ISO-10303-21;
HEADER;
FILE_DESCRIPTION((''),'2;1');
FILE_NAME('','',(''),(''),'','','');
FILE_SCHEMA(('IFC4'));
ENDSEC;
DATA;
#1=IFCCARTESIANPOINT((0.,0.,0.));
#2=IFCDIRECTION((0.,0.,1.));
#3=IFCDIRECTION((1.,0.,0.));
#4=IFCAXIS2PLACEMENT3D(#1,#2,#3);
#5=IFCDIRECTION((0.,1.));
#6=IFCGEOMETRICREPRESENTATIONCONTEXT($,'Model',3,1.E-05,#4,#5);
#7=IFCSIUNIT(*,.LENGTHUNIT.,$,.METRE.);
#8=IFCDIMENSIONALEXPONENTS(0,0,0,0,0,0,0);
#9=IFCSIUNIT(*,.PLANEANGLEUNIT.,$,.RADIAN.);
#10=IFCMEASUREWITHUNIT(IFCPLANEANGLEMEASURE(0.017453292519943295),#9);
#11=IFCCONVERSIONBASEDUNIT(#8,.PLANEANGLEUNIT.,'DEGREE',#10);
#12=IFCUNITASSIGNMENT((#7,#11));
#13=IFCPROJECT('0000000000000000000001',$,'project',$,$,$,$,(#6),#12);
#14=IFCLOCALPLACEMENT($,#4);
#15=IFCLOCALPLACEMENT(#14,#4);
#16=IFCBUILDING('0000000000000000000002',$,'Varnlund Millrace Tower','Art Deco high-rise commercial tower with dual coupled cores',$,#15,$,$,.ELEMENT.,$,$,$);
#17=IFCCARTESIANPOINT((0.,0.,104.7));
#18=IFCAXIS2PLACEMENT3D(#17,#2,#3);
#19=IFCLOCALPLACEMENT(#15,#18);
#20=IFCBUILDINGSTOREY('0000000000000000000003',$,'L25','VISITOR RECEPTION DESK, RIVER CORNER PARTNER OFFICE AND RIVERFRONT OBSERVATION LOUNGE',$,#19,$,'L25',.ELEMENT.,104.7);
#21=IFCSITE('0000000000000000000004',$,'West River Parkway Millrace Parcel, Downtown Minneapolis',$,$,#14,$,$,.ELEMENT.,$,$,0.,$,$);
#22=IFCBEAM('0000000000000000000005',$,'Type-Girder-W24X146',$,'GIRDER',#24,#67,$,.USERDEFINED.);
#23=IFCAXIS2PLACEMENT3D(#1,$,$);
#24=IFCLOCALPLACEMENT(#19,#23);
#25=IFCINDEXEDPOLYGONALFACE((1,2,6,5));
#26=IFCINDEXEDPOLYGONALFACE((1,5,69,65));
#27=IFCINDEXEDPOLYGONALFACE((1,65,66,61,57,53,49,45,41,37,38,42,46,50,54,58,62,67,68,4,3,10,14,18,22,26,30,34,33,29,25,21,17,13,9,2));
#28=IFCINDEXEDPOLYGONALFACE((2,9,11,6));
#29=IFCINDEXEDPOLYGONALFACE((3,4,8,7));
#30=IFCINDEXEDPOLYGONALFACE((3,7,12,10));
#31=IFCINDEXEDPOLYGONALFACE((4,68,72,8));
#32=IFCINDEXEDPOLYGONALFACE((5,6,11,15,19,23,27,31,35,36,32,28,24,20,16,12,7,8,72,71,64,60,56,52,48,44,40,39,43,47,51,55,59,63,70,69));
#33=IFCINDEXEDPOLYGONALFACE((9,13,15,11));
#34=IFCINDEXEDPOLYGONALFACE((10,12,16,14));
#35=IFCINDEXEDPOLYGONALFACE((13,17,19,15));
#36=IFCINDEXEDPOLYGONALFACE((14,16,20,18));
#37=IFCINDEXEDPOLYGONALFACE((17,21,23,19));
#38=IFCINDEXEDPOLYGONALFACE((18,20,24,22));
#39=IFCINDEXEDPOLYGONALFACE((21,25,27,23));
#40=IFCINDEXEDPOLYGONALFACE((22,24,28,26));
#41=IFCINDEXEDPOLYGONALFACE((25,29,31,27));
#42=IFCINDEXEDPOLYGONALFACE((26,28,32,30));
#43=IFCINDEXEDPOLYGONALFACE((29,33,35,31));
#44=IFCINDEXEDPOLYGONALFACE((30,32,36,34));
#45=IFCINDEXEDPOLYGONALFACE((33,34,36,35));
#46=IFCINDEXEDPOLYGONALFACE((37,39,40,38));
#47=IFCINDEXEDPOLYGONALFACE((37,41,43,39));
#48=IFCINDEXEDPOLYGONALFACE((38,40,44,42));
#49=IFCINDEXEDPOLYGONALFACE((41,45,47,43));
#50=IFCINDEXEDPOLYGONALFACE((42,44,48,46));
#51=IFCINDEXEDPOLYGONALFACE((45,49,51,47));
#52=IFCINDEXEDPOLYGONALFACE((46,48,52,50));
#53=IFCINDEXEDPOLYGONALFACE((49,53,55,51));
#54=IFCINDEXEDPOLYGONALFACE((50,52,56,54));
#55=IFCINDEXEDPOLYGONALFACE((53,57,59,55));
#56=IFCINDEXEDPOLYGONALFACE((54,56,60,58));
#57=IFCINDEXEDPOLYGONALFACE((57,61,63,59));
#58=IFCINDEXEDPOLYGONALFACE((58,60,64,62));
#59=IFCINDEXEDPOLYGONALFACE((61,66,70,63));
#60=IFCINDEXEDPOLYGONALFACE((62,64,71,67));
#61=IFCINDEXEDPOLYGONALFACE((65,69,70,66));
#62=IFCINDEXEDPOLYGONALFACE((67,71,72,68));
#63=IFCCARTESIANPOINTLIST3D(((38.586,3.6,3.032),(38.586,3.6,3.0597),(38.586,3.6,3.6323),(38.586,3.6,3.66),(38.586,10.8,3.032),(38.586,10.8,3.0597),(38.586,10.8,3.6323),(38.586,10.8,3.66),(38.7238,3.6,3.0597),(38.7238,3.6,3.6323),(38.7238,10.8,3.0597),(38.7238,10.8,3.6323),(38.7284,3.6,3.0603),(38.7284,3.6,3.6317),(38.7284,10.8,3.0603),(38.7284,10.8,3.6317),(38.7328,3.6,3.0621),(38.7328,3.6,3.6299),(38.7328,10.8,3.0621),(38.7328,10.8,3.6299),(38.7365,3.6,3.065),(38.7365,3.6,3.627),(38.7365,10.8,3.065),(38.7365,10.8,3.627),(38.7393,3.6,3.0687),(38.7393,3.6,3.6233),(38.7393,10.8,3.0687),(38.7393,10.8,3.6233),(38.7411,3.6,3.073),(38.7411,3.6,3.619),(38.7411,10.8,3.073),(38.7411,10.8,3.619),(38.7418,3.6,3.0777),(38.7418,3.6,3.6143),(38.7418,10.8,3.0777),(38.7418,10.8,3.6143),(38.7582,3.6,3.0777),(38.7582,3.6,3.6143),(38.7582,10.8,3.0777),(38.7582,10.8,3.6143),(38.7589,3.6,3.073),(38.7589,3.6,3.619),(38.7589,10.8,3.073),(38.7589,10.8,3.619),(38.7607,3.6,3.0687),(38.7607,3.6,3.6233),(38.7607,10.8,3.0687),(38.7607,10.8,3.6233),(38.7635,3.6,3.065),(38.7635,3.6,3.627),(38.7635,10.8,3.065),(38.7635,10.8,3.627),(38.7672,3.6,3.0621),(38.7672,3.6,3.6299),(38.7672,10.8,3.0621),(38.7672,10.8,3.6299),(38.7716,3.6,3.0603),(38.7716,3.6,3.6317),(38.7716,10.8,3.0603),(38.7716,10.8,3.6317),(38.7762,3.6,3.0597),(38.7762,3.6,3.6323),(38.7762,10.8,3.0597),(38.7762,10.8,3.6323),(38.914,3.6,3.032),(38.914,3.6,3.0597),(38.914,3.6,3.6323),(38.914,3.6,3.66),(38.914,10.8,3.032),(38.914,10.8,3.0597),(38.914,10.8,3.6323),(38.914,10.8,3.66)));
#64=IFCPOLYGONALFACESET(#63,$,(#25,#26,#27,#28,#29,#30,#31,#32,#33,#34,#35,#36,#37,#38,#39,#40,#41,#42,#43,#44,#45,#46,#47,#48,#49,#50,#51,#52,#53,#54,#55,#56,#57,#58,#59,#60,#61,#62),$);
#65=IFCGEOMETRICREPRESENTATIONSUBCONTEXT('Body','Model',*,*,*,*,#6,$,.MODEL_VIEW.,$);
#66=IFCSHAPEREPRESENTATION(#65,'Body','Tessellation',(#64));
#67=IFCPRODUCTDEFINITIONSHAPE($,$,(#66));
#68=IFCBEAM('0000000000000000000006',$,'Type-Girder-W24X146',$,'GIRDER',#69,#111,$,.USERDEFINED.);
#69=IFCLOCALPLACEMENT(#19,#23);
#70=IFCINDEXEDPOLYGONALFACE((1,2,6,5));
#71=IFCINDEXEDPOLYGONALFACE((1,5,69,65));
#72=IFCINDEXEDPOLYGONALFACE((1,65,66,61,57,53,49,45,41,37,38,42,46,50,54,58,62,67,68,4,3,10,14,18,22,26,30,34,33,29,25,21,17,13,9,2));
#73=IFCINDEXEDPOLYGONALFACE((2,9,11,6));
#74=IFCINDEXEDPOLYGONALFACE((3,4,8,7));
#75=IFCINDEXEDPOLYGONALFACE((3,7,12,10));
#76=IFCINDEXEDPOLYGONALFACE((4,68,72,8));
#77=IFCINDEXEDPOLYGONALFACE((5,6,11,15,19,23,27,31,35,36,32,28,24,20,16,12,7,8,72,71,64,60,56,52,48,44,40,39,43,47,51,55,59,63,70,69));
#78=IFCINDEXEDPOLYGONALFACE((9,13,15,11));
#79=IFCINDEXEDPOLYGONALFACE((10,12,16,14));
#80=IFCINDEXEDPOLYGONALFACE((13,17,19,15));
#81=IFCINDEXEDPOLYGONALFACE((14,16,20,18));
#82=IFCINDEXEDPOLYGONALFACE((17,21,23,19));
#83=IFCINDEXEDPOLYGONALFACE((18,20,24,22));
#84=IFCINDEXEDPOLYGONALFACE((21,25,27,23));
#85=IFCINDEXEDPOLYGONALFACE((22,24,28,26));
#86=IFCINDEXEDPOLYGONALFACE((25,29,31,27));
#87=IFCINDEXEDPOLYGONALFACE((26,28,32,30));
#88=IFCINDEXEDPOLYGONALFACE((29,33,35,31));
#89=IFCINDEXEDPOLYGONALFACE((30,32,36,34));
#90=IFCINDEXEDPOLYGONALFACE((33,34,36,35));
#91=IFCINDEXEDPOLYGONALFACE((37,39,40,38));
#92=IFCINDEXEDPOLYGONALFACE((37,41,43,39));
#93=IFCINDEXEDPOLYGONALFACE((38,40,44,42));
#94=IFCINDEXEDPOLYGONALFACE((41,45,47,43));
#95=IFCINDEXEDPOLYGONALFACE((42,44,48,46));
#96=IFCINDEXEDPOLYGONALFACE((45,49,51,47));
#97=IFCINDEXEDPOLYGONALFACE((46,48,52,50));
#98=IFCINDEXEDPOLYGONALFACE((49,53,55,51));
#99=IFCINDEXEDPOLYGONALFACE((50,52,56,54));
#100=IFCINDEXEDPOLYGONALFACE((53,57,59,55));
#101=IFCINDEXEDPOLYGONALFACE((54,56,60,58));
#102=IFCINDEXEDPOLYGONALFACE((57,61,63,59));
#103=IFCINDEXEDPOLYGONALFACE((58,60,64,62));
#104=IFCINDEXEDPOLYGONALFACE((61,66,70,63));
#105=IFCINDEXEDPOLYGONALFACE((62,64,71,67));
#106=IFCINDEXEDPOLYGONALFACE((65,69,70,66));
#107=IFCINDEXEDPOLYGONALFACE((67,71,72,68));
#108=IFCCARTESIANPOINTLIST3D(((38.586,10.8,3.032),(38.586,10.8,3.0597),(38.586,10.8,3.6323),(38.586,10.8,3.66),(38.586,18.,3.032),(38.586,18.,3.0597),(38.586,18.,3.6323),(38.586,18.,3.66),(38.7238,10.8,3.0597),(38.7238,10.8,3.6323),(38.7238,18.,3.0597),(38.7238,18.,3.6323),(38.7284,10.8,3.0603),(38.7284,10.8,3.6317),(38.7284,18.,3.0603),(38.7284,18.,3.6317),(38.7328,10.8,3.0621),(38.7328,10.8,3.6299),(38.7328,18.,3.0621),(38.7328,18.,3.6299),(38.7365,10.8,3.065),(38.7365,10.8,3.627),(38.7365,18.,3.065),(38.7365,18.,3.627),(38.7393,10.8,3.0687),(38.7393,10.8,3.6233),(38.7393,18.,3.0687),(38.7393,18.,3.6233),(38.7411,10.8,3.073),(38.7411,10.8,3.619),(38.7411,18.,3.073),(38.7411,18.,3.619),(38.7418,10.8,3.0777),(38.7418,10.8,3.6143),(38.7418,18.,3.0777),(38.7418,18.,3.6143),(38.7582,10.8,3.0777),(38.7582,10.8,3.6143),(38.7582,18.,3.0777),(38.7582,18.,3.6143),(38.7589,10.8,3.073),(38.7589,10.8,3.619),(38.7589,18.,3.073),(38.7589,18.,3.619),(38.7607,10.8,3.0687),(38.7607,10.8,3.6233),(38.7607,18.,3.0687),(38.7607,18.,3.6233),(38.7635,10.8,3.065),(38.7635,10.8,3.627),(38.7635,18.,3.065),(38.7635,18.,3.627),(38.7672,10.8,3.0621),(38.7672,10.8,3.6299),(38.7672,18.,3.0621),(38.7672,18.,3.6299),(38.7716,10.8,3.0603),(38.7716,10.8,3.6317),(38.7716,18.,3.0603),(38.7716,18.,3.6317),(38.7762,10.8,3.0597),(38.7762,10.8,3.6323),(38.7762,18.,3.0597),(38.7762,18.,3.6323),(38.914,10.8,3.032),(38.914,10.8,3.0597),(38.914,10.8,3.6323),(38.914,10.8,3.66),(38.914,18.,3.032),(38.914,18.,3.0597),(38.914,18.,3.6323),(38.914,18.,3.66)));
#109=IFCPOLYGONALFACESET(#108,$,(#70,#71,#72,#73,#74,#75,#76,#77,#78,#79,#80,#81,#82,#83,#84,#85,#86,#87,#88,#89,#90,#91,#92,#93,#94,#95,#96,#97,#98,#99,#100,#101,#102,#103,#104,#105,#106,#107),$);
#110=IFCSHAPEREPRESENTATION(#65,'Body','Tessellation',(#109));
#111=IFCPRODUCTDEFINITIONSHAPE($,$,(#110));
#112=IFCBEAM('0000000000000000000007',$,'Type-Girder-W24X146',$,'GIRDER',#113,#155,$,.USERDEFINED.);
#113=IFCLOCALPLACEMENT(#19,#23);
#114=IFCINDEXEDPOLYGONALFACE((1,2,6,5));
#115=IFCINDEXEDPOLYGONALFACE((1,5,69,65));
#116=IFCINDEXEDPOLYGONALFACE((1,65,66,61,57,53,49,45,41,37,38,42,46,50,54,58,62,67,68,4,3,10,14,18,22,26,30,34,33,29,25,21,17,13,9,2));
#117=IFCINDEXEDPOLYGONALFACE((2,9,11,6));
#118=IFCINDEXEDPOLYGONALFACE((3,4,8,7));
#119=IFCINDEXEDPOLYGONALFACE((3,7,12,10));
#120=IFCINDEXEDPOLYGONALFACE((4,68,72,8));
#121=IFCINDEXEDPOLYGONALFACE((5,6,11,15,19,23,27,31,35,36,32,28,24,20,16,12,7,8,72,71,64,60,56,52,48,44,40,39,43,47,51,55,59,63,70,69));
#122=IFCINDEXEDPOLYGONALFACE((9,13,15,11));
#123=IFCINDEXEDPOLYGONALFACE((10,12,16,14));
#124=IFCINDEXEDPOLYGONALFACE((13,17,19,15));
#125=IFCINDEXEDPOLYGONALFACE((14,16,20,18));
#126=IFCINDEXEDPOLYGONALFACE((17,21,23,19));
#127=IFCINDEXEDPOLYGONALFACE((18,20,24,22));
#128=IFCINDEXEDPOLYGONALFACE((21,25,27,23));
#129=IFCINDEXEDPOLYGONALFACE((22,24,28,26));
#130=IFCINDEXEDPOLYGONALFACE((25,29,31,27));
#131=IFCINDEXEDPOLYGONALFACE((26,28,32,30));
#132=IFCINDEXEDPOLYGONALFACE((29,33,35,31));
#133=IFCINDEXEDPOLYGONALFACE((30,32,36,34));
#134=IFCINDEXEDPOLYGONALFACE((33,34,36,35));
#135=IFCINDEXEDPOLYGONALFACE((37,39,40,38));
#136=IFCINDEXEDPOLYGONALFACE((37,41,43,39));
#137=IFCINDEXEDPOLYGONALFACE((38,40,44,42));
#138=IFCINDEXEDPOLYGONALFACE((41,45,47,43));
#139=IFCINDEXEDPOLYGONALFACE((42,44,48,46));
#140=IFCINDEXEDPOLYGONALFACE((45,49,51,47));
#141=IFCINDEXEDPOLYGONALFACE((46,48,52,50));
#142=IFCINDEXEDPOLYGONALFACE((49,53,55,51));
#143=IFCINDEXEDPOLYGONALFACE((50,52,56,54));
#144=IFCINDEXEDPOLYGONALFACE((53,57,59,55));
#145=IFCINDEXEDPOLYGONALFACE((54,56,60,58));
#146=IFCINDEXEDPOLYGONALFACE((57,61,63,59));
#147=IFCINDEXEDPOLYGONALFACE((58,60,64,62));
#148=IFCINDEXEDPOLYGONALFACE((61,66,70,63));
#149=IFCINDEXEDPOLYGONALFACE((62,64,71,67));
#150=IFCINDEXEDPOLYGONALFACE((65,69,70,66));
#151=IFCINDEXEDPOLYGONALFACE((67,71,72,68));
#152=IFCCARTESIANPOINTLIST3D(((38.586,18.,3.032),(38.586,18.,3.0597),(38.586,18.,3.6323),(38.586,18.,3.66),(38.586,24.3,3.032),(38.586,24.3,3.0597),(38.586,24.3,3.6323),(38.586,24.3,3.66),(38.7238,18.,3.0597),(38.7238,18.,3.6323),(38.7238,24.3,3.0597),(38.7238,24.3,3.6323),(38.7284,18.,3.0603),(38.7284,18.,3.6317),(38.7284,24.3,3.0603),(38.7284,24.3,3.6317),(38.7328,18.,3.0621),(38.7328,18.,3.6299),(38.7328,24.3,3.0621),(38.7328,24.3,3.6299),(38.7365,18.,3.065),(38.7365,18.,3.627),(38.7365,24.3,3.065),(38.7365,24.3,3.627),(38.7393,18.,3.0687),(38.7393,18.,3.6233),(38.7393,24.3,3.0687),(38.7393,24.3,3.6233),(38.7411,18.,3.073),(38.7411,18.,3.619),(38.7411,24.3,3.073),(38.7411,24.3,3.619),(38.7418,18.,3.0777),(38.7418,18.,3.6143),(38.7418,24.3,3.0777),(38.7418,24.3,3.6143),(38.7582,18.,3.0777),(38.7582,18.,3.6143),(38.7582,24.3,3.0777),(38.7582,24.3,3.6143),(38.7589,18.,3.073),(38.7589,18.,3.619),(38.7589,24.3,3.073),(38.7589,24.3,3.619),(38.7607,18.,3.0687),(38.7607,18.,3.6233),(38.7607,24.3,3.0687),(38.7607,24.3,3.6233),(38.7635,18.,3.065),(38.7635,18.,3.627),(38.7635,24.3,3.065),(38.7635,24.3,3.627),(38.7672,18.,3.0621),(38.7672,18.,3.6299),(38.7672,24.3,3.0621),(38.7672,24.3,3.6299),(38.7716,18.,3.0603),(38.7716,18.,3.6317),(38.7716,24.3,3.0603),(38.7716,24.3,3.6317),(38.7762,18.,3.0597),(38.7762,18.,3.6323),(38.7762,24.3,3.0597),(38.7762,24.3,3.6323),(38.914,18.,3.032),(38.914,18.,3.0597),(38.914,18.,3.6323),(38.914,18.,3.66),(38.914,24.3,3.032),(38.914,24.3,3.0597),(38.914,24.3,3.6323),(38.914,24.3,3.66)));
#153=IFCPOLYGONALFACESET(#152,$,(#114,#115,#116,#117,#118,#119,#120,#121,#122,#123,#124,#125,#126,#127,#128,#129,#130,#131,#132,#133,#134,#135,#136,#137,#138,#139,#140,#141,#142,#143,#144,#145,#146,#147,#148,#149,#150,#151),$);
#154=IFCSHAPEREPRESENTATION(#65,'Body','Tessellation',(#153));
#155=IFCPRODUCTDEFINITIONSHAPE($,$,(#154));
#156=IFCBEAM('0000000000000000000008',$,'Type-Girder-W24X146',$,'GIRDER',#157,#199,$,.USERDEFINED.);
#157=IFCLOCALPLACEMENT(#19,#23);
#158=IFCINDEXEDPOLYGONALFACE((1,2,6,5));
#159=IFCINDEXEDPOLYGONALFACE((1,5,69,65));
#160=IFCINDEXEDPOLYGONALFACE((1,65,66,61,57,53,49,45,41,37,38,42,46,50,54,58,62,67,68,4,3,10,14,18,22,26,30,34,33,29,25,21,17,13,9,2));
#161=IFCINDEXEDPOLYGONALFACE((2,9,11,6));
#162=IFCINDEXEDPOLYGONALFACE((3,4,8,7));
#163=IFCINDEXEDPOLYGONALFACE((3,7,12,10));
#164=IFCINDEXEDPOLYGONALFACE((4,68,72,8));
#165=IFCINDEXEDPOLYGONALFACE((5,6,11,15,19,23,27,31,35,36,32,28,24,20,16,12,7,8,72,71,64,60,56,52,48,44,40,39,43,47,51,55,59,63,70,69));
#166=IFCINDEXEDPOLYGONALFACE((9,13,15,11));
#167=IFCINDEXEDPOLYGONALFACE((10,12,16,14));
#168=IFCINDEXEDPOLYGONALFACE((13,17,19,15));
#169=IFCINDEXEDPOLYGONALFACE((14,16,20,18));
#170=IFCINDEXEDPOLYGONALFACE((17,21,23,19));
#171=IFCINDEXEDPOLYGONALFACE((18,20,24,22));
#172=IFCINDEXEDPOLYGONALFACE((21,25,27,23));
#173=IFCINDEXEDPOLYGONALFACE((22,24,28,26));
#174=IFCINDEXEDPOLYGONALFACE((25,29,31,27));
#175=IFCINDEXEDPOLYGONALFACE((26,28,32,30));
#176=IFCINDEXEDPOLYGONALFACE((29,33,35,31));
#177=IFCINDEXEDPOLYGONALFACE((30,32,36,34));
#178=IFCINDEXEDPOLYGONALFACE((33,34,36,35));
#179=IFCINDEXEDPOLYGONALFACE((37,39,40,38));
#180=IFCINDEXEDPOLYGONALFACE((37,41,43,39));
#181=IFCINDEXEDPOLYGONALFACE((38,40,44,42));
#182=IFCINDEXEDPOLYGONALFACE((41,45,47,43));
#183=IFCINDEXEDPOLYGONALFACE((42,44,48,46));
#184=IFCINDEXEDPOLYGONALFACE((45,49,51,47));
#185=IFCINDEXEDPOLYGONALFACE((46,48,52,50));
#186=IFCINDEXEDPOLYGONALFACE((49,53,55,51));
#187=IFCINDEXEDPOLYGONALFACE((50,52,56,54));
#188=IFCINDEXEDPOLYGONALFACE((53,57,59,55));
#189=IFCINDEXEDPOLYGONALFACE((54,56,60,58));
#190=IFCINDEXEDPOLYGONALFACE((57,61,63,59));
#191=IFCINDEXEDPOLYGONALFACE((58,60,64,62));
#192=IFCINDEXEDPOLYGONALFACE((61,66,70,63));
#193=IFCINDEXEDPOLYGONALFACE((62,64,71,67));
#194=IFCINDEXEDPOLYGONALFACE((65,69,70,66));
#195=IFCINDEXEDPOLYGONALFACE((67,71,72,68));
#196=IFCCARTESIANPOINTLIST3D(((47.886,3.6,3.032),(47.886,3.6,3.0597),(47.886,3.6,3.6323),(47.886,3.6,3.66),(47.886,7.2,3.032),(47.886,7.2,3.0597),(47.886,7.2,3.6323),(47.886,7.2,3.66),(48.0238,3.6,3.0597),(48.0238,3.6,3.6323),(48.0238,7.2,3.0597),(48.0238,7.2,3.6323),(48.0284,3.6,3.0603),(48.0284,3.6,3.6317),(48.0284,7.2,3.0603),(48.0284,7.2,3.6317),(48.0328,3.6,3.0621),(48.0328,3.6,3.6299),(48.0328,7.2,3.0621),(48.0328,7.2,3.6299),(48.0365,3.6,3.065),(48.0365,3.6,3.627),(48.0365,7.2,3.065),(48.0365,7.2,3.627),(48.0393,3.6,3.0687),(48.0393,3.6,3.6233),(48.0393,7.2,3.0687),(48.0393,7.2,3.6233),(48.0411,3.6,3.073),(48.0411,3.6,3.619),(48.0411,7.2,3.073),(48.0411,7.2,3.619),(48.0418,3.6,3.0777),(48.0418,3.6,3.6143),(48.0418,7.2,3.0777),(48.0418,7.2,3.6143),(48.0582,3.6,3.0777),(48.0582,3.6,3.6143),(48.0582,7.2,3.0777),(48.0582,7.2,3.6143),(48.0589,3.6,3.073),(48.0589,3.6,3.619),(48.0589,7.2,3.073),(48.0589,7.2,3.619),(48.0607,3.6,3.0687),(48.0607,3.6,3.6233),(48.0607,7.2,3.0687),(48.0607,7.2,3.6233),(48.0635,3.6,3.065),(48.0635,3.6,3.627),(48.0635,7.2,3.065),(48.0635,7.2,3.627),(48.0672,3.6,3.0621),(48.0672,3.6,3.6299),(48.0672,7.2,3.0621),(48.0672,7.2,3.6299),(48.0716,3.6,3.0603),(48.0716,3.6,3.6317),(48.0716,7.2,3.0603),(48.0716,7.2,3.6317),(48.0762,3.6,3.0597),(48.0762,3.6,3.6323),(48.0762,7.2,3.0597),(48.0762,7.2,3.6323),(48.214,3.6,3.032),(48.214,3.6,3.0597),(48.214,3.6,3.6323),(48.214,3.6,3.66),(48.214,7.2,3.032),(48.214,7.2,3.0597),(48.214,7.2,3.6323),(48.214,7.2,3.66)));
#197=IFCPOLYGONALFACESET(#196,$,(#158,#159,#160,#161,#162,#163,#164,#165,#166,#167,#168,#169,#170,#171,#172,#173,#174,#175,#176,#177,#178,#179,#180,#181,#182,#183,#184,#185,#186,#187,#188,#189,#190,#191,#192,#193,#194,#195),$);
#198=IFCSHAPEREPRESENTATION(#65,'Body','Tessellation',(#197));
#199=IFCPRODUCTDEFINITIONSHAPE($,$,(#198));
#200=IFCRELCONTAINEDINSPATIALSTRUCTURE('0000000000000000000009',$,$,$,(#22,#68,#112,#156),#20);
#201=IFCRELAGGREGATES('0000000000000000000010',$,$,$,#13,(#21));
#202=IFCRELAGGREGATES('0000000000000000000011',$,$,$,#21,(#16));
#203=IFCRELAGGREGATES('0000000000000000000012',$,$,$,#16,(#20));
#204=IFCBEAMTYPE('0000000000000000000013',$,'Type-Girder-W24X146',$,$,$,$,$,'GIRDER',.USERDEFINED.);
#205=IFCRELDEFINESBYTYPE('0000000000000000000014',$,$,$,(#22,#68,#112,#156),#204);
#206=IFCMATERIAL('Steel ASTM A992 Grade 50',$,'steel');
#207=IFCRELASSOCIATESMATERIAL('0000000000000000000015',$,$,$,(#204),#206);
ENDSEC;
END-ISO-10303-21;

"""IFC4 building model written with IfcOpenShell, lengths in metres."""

from ifc_helpers import new_model, entity, si_unit, converted_unit, direction, frame, origin_with_axes, origin_2d_with_axis, place, context, subcontext, project, spatial, i_section, extrude, material, material_profile, profile_set, type_object, element, save


model = new_model("IFC4")

# Units and contexts
model_context = context("Model", 3, precision=1e-05, world=origin_with_axes(), true_north=direction((0.0, 1.0)))
body_context = subcontext(model_context, "Body", "Model", "MODEL_VIEW")
ifc_project = project(units=[si_unit("LENGTHUNIT", "METRE"), converted_unit("PLANEANGLEUNIT", "DEGREE", entity("IfcPlaneAngleMeasure", 0.017453292519943295), si_unit("PLANEANGLEUNIT", "RADIAN"), dimensions=[0, 0, 0, 0, 0, 0, 0])], contexts=[model_context])

# Site, building, storey
site_placement = place(None, origin_with_axes())
site = spatial("IfcSite", under=ifc_project, at=site_placement, Name="West River Parkway Millrace Parcel, Downtown Minneapolis", CompositionType="ELEMENT", RefElevation=0.0)
building_placement = place(site_placement, origin_with_axes())
building = spatial("IfcBuilding", under=site, at=building_placement, Name="Varnlund Millrace Tower", Description="Art Deco high-rise commercial tower with dual coupled cores", CompositionType="ELEMENT")
storey_placement = place(building_placement, frame((0.0, 0.0, 104.7), z_axis=(0.0, 0.0, 1.0), x_axis=(1.0, 0.0, 0.0)))
storey = spatial("IfcBuildingStorey", under=building, at=storey_placement, Name="L25", Description="VISITOR RECEPTION DESK, RIVER CORNER PARTNER OFFICE AND RIVERFRONT OBSERVATION LOUNGE", LongName="L25", CompositionType="ELEMENT", Elevation=104.7)

# Beams
ifc_material_1 = material(Name="Steel ASTM A992 Grade 50", Category="steel")
ifc_material_profile_1 = material_profile(ifc_material_1, i_section(OverallWidth=0.328, OverallDepth=0.628, WebThickness=0.0165, FlangeThickness=0.0277, FilletRadius=0.018, at=origin_2d_with_axis()), Name="Steel ASTM A992 Grade 50")
ifc_profile_set_1 = profile_set([ifc_material_profile_1], Name="Steel ASTM A992 Grade 50")
beam_type_1 = type_object("IfcBeamType", Name="Type-Girder-W24X146", ElementType="GIRDER", PredefinedType="USERDEFINED", material=ifc_profile_set_1)
for number, where, z_axis, x_axis, name in (
    (1, (38.75, 3.6, 3.346), (0.0, 1.0, 0.0), (-1.0, 0.0, 0.0), "Type-Girder-W24X146"),
    (2, (38.75, 10.8, 3.346), (0.0, 1.0, 0.0), (-1.0, 0.0, 0.0), "Type-Girder-W24X146"),
):
    element("IfcBeam", number, at=place(storey_placement, frame(where, z_axis=z_axis, x_axis=x_axis)), inside=storey, type_object=beam_type_1, Name=name, ObjectType="GIRDER", PredefinedType="USERDEFINED", context=body_context, shape_type="SweptSolid", body=[
        extrude(i_section(OverallWidth=0.328, OverallDepth=0.628, WebThickness=0.0165, FlangeThickness=0.0277, FilletRadius=0.018, at=origin_2d_with_axis()), origin_with_axes(), (0.0, 0.0, 1.0), 7.2),
    ])
beam_1_placement = place(storey_placement, frame((38.75, 18.0, 3.346), z_axis=(0.0, 1.0, 0.0), x_axis=(-1.0, 0.0, 0.0)))
element("IfcBeam", 3, at=beam_1_placement, inside=storey, type_object=beam_type_1, Name="Type-Girder-W24X146", ObjectType="GIRDER", PredefinedType="USERDEFINED", context=body_context, shape_type="SweptSolid", body=[
    extrude(i_section(OverallWidth=0.328, OverallDepth=0.628, WebThickness=0.0165, FlangeThickness=0.0277, FilletRadius=0.018, at=origin_2d_with_axis()), origin_with_axes(), (0.0, 0.0, 1.0), 6.3),
])
beam_2_placement = place(storey_placement, frame((48.05, 3.6, 3.346), z_axis=(0.0, 1.0, 0.0), x_axis=(-1.0, 0.0, 0.0)))
element("IfcBeam", 4, at=beam_2_placement, inside=storey, type_object=beam_type_1, Name="Type-Girder-W24X146", ObjectType="GIRDER", PredefinedType="USERDEFINED", context=body_context, shape_type="SweptSolid", body=[
    extrude(i_section(OverallWidth=0.328, OverallDepth=0.628, WebThickness=0.0165, FlangeThickness=0.0277, FilletRadius=0.018, at=origin_2d_with_axis()), origin_with_axes(), (0.0, 0.0, 1.0), 3.6),
])

save(model, "model.ifc")
